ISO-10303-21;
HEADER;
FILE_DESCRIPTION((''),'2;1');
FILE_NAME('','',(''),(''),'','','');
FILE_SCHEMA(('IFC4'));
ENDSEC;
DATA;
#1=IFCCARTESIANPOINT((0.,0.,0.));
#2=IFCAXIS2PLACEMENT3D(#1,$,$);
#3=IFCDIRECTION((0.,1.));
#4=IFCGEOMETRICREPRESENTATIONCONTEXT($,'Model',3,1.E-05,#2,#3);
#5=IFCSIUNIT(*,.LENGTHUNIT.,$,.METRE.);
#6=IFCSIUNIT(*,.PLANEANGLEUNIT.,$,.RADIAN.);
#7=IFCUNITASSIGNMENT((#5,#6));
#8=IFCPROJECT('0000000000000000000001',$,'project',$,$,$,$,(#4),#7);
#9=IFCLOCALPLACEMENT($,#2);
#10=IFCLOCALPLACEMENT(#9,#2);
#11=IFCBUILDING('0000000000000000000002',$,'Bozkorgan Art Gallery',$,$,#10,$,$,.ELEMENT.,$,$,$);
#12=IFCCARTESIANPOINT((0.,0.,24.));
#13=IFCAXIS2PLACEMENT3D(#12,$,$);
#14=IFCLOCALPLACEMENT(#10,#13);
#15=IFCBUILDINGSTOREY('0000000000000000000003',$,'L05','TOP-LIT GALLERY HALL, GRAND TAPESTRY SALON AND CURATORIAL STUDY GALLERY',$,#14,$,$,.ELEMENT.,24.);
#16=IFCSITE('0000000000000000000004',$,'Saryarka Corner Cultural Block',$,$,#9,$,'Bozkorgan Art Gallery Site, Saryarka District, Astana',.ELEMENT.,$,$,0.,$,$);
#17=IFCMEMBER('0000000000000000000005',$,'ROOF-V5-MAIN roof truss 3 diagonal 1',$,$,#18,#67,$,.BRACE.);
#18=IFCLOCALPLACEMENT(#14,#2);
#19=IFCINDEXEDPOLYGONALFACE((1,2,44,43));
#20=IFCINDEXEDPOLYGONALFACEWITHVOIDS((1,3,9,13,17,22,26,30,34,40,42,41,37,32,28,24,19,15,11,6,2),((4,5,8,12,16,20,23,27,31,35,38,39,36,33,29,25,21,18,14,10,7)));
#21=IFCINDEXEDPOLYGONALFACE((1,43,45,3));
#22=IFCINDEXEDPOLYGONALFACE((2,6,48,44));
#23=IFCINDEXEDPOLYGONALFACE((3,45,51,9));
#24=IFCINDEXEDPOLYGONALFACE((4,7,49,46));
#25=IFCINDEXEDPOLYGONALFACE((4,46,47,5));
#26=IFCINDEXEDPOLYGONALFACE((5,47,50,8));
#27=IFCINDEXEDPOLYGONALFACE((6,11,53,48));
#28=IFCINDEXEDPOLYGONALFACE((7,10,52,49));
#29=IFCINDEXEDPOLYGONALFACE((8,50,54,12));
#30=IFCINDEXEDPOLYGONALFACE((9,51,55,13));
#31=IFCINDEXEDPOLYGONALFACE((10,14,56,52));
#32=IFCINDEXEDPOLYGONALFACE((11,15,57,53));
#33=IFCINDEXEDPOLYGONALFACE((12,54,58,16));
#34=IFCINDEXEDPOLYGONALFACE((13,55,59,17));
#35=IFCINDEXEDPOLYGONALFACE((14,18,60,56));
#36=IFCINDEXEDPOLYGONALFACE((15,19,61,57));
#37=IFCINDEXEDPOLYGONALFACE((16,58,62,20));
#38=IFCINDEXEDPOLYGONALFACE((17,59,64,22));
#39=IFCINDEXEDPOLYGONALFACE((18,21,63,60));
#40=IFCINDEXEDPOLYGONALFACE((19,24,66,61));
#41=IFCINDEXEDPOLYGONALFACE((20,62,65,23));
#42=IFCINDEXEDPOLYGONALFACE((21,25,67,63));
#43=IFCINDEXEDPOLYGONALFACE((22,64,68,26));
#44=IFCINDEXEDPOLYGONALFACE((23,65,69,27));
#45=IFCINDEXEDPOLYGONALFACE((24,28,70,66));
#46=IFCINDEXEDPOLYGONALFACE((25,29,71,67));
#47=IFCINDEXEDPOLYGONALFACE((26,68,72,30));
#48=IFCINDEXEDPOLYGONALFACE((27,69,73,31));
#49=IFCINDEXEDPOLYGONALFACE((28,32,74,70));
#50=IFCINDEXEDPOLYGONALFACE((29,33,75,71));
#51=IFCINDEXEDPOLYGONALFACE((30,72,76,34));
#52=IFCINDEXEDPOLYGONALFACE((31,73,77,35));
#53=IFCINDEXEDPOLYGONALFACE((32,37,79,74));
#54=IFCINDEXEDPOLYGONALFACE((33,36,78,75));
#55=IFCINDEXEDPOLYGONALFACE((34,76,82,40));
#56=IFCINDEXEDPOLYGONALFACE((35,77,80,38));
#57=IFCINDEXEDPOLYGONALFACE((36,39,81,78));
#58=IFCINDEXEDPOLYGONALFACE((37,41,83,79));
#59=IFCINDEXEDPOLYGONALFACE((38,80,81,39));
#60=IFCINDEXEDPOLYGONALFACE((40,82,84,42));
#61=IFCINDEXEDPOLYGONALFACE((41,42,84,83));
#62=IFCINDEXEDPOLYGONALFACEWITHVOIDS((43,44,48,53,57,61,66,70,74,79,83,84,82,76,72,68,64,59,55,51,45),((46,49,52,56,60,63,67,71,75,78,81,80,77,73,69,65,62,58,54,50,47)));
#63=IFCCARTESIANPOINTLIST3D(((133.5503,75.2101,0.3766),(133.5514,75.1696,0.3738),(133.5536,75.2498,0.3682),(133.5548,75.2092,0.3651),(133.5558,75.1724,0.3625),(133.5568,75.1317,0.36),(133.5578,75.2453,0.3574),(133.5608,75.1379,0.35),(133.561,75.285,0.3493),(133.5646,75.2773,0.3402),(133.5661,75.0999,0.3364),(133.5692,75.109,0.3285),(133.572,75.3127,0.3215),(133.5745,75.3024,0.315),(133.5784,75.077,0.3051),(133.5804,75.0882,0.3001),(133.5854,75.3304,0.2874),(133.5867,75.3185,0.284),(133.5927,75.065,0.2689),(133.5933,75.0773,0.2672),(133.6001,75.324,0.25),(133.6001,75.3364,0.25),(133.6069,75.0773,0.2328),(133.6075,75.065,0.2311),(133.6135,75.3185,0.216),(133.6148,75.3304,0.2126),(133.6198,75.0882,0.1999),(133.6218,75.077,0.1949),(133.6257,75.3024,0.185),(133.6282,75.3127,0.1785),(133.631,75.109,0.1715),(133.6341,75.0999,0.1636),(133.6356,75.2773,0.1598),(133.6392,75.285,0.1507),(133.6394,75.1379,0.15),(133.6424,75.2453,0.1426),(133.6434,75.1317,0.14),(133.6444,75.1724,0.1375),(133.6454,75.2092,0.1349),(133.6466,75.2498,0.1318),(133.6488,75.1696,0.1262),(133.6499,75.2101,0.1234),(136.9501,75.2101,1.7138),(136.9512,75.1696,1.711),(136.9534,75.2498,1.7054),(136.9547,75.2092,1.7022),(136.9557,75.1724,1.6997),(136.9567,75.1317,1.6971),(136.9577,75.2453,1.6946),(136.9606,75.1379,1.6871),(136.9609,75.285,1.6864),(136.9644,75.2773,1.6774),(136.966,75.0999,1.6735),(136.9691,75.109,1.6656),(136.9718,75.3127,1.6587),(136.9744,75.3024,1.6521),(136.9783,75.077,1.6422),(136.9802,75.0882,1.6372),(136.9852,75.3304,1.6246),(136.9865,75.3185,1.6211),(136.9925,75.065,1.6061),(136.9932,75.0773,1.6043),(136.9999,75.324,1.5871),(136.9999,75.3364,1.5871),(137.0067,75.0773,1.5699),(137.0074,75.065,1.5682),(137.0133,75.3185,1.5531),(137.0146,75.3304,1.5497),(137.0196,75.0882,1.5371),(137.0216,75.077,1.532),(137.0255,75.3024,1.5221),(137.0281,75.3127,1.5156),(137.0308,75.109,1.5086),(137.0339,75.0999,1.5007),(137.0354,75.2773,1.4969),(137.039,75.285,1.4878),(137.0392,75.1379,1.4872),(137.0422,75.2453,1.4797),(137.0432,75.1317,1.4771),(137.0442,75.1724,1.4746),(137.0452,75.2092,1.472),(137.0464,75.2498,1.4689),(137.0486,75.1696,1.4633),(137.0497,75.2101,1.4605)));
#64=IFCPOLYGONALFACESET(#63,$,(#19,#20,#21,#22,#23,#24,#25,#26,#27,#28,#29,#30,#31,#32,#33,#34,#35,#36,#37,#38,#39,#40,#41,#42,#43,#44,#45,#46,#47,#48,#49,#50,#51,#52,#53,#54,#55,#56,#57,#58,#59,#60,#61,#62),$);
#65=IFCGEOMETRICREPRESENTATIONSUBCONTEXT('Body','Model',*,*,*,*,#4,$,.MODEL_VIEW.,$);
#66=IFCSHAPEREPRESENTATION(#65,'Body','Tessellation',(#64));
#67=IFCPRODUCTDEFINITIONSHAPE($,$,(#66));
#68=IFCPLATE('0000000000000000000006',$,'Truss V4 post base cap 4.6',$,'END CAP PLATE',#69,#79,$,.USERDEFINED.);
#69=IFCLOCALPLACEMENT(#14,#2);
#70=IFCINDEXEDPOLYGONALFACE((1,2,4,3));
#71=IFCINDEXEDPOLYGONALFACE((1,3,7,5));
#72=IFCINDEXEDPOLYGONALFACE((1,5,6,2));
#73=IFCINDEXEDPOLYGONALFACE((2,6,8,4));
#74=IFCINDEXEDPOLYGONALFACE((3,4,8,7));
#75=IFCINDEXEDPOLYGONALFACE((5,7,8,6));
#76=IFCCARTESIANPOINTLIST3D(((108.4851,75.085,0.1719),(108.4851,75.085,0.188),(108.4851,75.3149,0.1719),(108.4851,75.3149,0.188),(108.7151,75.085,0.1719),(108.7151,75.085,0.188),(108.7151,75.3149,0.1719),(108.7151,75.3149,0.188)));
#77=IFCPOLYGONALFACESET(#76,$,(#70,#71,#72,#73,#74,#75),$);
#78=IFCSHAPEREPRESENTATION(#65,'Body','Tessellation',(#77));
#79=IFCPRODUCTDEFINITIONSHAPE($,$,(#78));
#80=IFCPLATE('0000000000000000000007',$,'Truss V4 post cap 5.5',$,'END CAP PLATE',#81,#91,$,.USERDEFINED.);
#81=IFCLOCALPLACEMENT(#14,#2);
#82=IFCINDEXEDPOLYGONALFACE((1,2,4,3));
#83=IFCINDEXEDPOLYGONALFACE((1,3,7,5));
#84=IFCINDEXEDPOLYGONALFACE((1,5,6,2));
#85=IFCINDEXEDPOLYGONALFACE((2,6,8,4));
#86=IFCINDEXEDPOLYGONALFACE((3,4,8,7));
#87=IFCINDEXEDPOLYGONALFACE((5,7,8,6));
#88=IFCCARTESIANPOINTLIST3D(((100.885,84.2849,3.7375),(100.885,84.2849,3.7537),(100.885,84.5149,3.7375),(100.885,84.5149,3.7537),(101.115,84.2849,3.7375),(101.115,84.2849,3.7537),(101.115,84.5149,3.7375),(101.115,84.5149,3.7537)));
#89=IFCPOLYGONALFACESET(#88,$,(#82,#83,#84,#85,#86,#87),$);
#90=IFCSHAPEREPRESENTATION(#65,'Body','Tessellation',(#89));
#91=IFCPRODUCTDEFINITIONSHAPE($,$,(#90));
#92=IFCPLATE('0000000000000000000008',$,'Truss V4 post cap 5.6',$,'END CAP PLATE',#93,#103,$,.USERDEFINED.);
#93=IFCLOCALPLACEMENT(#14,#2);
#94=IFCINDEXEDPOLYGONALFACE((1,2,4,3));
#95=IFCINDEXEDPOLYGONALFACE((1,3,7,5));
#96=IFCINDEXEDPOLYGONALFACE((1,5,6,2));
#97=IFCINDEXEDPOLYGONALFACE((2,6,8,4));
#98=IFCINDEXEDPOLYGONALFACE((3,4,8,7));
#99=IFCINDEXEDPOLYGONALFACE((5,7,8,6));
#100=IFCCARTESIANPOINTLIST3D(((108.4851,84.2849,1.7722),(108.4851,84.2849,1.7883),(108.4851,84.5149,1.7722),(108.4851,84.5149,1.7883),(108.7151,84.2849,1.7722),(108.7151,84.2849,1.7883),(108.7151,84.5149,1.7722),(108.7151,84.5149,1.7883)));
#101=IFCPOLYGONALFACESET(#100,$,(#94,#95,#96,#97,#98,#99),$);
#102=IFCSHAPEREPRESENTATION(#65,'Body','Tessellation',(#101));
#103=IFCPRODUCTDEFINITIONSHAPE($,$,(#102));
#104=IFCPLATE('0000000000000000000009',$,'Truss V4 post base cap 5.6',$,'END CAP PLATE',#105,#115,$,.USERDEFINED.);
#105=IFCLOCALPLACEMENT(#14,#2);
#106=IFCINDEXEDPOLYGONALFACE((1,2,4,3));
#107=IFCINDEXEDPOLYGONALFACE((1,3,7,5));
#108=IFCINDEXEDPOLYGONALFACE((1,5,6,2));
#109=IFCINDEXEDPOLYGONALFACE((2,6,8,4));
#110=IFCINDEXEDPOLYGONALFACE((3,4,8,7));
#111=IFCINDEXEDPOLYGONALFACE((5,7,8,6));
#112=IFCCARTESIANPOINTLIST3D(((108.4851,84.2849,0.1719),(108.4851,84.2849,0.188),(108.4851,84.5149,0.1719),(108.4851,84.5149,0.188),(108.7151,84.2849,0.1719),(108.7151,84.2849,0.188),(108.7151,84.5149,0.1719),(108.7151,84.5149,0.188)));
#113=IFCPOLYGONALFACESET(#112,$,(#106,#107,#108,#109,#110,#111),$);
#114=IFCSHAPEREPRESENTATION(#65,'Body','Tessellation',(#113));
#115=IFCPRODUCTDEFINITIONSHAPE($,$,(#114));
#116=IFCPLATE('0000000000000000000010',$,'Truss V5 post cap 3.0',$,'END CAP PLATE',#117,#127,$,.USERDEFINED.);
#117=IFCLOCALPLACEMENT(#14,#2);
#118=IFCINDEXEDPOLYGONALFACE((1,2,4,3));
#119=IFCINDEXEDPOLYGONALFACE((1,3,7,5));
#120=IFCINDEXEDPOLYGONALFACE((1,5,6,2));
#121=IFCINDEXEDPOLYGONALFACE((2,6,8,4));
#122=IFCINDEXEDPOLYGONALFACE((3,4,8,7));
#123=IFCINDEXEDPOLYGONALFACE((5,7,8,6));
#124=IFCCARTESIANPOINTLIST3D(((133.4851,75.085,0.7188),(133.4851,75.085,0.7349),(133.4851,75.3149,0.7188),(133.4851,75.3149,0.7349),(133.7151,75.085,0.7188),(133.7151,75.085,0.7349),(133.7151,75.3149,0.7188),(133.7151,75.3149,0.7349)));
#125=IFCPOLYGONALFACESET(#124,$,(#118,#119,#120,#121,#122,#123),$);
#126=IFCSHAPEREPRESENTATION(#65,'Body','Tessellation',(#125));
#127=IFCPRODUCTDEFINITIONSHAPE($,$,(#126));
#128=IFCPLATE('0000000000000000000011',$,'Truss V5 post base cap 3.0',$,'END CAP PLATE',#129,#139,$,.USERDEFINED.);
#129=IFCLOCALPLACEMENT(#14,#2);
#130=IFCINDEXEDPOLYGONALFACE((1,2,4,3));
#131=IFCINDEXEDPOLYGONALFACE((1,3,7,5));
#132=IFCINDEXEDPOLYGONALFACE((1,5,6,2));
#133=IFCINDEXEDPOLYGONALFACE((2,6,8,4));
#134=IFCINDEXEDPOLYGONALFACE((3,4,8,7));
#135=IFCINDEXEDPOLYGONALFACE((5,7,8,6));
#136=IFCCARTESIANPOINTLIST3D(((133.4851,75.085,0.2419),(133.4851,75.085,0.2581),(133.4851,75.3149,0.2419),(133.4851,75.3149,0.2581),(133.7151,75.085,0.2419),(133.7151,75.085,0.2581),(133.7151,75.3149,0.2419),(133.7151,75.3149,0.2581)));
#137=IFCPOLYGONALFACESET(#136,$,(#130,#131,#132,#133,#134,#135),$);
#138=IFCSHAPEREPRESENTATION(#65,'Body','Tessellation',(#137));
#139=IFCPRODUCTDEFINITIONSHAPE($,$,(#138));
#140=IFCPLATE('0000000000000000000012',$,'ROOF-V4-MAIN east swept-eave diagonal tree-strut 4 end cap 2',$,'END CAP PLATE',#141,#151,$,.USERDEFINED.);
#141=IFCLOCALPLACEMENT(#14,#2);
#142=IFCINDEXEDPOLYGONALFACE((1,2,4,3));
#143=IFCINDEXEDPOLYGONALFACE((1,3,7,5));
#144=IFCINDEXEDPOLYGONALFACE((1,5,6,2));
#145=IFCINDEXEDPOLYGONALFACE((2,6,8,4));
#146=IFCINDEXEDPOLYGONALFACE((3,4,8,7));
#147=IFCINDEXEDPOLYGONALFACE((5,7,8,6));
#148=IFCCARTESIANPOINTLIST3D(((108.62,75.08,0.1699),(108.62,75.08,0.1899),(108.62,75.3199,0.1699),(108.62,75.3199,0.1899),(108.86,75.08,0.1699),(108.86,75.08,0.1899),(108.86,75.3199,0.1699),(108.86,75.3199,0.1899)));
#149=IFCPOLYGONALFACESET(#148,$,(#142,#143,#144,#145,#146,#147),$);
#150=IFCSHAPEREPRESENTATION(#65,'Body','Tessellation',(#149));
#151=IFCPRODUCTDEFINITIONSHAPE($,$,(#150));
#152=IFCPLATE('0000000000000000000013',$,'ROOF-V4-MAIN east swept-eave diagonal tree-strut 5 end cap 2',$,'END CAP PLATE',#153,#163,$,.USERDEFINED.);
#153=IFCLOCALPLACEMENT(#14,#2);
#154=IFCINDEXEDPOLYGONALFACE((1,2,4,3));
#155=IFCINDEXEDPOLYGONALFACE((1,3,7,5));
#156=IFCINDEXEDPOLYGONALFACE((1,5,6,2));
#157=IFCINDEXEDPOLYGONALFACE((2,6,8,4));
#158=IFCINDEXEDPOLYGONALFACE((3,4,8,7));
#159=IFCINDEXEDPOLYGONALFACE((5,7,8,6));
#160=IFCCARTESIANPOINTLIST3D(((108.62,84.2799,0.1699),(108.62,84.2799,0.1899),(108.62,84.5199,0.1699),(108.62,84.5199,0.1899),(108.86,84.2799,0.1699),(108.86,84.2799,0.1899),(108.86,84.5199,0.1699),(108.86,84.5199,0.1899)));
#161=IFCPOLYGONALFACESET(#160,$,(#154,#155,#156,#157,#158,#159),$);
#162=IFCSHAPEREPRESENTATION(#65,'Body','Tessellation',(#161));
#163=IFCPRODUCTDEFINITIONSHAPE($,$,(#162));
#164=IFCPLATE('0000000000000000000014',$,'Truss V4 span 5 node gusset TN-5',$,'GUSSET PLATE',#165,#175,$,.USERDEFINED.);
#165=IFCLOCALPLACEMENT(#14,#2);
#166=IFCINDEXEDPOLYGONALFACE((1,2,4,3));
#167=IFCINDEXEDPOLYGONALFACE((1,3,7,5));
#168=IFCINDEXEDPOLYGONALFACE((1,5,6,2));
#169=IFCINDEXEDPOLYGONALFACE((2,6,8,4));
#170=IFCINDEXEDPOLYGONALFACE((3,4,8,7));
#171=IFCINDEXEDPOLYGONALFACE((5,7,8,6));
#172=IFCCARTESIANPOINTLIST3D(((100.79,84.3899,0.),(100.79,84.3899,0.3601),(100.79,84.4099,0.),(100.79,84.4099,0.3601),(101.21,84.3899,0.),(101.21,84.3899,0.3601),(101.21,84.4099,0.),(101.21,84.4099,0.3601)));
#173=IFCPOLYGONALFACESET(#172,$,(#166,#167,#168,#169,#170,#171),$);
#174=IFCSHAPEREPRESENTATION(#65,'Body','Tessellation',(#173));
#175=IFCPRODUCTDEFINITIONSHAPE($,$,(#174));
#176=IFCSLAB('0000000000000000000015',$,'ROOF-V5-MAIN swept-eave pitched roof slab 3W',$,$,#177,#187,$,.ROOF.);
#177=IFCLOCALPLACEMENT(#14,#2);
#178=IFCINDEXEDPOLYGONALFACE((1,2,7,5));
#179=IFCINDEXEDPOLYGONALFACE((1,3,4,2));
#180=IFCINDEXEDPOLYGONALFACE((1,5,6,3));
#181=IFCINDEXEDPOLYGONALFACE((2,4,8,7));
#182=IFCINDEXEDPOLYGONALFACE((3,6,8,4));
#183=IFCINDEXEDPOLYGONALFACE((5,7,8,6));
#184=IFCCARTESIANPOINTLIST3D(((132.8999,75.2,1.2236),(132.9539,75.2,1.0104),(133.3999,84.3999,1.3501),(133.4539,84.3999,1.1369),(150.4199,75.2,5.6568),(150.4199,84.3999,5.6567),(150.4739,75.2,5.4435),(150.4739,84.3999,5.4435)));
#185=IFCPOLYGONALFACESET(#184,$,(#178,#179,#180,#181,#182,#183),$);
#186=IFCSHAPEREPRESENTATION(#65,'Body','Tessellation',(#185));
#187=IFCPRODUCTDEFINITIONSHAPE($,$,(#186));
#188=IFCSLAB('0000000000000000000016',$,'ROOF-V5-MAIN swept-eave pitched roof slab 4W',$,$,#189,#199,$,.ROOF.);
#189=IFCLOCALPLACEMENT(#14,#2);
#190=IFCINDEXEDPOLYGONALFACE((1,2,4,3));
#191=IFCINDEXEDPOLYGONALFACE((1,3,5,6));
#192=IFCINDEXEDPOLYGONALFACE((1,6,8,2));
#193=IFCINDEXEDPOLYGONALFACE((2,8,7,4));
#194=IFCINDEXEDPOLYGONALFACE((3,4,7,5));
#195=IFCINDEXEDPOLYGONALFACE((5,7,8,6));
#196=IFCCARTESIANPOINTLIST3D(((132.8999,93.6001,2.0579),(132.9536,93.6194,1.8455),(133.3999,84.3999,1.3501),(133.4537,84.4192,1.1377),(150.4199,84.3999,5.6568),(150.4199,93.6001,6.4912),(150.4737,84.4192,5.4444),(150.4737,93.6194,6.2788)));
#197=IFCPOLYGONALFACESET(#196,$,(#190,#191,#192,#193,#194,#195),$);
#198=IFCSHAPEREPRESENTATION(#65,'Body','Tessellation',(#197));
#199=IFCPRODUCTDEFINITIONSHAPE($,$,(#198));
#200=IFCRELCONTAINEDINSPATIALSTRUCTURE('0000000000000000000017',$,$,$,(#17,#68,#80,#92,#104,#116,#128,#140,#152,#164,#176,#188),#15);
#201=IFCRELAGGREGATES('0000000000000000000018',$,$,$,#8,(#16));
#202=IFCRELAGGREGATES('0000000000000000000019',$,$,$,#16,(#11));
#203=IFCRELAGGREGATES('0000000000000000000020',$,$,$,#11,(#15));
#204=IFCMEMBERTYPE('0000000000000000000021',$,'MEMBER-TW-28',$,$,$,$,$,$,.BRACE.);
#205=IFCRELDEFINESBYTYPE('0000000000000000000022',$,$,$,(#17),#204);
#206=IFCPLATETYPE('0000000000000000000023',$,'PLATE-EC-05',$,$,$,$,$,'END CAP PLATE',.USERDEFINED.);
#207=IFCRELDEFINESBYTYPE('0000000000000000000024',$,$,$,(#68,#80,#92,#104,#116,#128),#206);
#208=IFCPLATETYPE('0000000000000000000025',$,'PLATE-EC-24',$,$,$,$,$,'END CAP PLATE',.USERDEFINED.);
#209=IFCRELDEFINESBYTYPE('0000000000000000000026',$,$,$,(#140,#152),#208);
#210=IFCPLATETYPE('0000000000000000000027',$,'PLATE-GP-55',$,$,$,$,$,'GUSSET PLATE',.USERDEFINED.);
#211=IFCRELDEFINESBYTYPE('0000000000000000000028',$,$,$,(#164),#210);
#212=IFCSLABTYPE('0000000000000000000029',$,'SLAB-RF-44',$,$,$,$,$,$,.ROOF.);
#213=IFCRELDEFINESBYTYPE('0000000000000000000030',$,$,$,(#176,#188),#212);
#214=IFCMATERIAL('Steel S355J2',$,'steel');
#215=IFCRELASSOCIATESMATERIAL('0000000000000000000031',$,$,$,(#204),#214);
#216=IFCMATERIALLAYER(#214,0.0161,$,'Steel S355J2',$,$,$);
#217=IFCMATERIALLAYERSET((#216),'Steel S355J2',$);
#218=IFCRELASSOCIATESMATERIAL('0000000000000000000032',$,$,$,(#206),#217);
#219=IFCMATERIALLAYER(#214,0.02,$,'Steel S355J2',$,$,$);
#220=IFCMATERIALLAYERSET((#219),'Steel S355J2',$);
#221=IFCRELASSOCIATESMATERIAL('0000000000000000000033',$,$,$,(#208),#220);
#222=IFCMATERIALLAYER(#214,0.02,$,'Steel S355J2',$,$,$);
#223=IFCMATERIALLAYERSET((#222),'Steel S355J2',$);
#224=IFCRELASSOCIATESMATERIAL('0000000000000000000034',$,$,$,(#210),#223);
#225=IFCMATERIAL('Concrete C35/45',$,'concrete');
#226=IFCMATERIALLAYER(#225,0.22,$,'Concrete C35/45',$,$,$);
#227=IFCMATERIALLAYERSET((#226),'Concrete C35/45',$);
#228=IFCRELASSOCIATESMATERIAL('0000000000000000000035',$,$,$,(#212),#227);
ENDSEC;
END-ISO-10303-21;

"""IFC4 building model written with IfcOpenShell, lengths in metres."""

from ifc_helpers import new_model, si_unit, direction, frame, origin, origin_2d, place, context, subcontext, project, spatial, polyline, rectangle, hollow_circle, outline, extrude, material, layer, layer_set, material_profile, profile_set, type_object, element, save


model = new_model("IFC4")

# Units and contexts
model_context = context("Model", 3, precision=1e-05, world=origin(), true_north=direction((0.0, 1.0)))
body_context = subcontext(model_context, "Body", "Model", "MODEL_VIEW")
ifc_project = project(units=[si_unit("LENGTHUNIT", "METRE"), si_unit("PLANEANGLEUNIT", "RADIAN")], contexts=[model_context])

# Site, building, storey
site_placement = place(None, origin())
site = spatial("IfcSite", under=ifc_project, at=site_placement, Name="Saryarka Corner Cultural Block", LongName="Bozkorgan Art Gallery Site, Saryarka District, Astana", CompositionType="ELEMENT", RefElevation=0.0)
building_placement = place(site_placement, origin())
building = spatial("IfcBuilding", under=site, at=building_placement, Name="Bozkorgan Art Gallery", CompositionType="ELEMENT")
storey_placement = place(building_placement, frame((0.0, 0.0, 24.0)))
storey = spatial("IfcBuildingStorey", under=building, at=storey_placement, Name="L05", Description="TOP-LIT GALLERY HALL, GRAND TAPESTRY SALON AND CURATORIAL STUDY GALLERY", CompositionType="ELEMENT", Elevation=24.0)

# Shared definitions
ifc_material_1 = material(Name="Steel S355J2", Category="steel")

# Member
ifc_material_profile_1 = material_profile(ifc_material_1, hollow_circle(Radius=0.1365, WallThickness=0.0125, at=origin_2d()), Name="CHS 273x12.5")
ifc_profile_set_1 = profile_set([ifc_material_profile_1], Name="Steel S355J2")
member_type_1 = type_object("IfcMemberType", Name="MEMBER-TW-28", PredefinedType="BRACE", material=ifc_profile_set_1)
member_1_placement = place(storey_placement, frame((133.6001, 75.2, 0.25), z_axis=(0.930613, 0.0, 0.366004), x_axis=(0.0, 1.0, 0.0)))
element("IfcMember", 1, at=member_1_placement, inside=storey, type_object=member_type_1, Name="ROOF-V5-MAIN roof truss 3 diagonal 1", PredefinedType="BRACE", context=body_context, shape_type="SweptSolid", body=[
    extrude(hollow_circle(Radius=0.1365, WallThickness=0.0125, at=origin_2d()), origin(), (0.0, 0.0, 1.0), 3.6533),
])

# Plates
ifc_layer_1 = layer(ifc_material_1, 0.0161, Name="Steel S355J2")
ifc_layer_set_1 = layer_set([ifc_layer_1], Name="Steel S355J2")
plate_type_1 = type_object("IfcPlateType", Name="PLATE-EC-05", ElementType="END CAP PLATE", PredefinedType="USERDEFINED", material=ifc_layer_set_1)
for number, where, z_axis, x_axis, name in (
    (2, (108.6001, 75.2, 0.1719), (0.0, 0.0, 1.0), (1.0, 0.0, 0.0), "Truss V4 post base cap 4.6"),
    (3, (101.0, 84.3999, 3.7375), (0.0, 0.0, 1.0), (1.0, 0.0, 0.0), "Truss V4 post cap 5.5"),
    (4, (108.6001, 84.3999, 1.7722), (0.0, 0.0, 1.0), (1.0, 0.0, 0.0), "Truss V4 post cap 5.6"),
    (5, (108.6001, 84.3999, 0.1719), (0.0, 0.0, 1.0), (1.0, 0.0, 0.0), "Truss V4 post base cap 5.6"),
    (6, (133.6001, 75.2, 0.7188), (0.0, 0.0, 1.0), (1.0, 0.0, 0.0), "Truss V5 post cap 3.0"),
    (7, (133.6001, 75.2, 0.2419), (0.0, 0.0, 1.0), (1.0, 0.0, 0.0), "Truss V5 post base cap 3.0"),
):
    element("IfcPlate", number, at=place(storey_placement, frame(where, z_axis=z_axis, x_axis=x_axis)), inside=storey, type_object=plate_type_1, Name=name, ObjectType="END CAP PLATE", PredefinedType="USERDEFINED", context=body_context, shape_type="SweptSolid", body=[
        extrude(rectangle(XDim=0.23, YDim=0.23, at=origin_2d()), origin(), (0.0, 0.0, 1.0), 0.0161),
    ])
ifc_layer_2 = layer(ifc_material_1, 0.02, Name="Steel S355J2")
ifc_layer_set_2 = layer_set([ifc_layer_2], Name="Steel S355J2")
plate_type_2 = type_object("IfcPlateType", Name="PLATE-EC-24", ElementType="END CAP PLATE", PredefinedType="USERDEFINED", material=ifc_layer_set_2)
for number, where, z_axis, x_axis, name in (
    (8, (108.74, 75.2, 0.1699), (0.0, 0.0, 1.0), (1.0, 0.0, 0.0), "ROOF-V4-MAIN east swept-eave diagonal tree-strut 4 end cap 2"),
    (9, (108.74, 84.3999, 0.1699), (0.0, 0.0, 1.0), (1.0, 0.0, 0.0), "ROOF-V4-MAIN east swept-eave diagonal tree-strut 5 end cap 2"),
):
    element("IfcPlate", number, at=place(storey_placement, frame(where, z_axis=z_axis, x_axis=x_axis)), inside=storey, type_object=plate_type_2, Name=name, ObjectType="END CAP PLATE", PredefinedType="USERDEFINED", context=body_context, shape_type="SweptSolid", body=[
        extrude(rectangle(XDim=0.24, YDim=0.24, at=origin_2d()), origin(), (0.0, 0.0, 1.0), 0.02),
    ])
ifc_layer_3 = layer(ifc_material_1, 0.02, Name="Steel S355J2")
ifc_layer_set_3 = layer_set([ifc_layer_3], Name="Steel S355J2")
plate_type_3 = type_object("IfcPlateType", Name="PLATE-GP-55", ElementType="GUSSET PLATE", PredefinedType="USERDEFINED", material=ifc_layer_set_3)
plate_placement = place(storey_placement, frame((101.0, 84.3999, 0.0), z_axis=(0.0, 0.0, 1.0), x_axis=(1.0, 0.0, 0.0)))
element("IfcPlate", 10, at=plate_placement, inside=storey, type_object=plate_type_3, Name="Truss V4 span 5 node gusset TN-5", ObjectType="GUSSET PLATE", PredefinedType="USERDEFINED", context=body_context, shape_type="SweptSolid", body=[
    extrude(rectangle(XDim=0.4199, YDim=0.02, at=origin_2d()), origin(), (0.0, 0.0, 1.0), 0.3601),
])

# Slabs
ifc_material_2 = material(Name="Concrete C35/45", Category="concrete")
ifc_layer_4 = layer(ifc_material_2, 0.22, Name="Concrete C35/45")
ifc_layer_set_4 = layer_set([ifc_layer_4], Name="Concrete C35/45")
slab_type = type_object("IfcSlabType", Name="SLAB-RF-44", PredefinedType="ROOF", material=ifc_layer_set_4)
slab_1_placement = place(storey_placement, frame((132.8999, 75.2, 1.2236), z_axis=(-0.245301, 0.000003, 0.969447), x_axis=(0.969447, 0.0, 0.245301)))
element("IfcSlab", 11, at=slab_1_placement, inside=storey, type_object=slab_type, Name="ROOF-V5-MAIN swept-eave pitched roof slab 3W", PredefinedType="ROOF", context=body_context, shape_type="SweptSolid", body=[
    extrude(outline(polyline([(0.0, 0.0), (18.0722, 0.0), (18.0722, 9.2), (0.5157, 9.2), (0.0, 0.0)])), origin(), (0.0, 0.0, -1.0), 0.22),
])
slab_2_placement = place(storey_placement, frame((133.3999, 84.3999, 1.3501), z_axis=(-0.244365, -0.087582, 0.96572), x_axis=(0.969445, 0.0, 0.245308)))
element("IfcSlab", 12, at=slab_2_placement, inside=storey, type_object=slab_type, Name="ROOF-V5-MAIN swept-eave pitched roof slab 4W", PredefinedType="ROOF", context=body_context, shape_type="SweptSolid", body=[
    extrude(outline(polyline([(0.0, 0.0), (17.5564, 0.0), (17.7611, 9.2357), (-0.3111, 9.2357), (0.0, 0.0)])), origin(), (0.0, 0.0, -1.0), 0.22),
])

save(model, "model.ifc")
